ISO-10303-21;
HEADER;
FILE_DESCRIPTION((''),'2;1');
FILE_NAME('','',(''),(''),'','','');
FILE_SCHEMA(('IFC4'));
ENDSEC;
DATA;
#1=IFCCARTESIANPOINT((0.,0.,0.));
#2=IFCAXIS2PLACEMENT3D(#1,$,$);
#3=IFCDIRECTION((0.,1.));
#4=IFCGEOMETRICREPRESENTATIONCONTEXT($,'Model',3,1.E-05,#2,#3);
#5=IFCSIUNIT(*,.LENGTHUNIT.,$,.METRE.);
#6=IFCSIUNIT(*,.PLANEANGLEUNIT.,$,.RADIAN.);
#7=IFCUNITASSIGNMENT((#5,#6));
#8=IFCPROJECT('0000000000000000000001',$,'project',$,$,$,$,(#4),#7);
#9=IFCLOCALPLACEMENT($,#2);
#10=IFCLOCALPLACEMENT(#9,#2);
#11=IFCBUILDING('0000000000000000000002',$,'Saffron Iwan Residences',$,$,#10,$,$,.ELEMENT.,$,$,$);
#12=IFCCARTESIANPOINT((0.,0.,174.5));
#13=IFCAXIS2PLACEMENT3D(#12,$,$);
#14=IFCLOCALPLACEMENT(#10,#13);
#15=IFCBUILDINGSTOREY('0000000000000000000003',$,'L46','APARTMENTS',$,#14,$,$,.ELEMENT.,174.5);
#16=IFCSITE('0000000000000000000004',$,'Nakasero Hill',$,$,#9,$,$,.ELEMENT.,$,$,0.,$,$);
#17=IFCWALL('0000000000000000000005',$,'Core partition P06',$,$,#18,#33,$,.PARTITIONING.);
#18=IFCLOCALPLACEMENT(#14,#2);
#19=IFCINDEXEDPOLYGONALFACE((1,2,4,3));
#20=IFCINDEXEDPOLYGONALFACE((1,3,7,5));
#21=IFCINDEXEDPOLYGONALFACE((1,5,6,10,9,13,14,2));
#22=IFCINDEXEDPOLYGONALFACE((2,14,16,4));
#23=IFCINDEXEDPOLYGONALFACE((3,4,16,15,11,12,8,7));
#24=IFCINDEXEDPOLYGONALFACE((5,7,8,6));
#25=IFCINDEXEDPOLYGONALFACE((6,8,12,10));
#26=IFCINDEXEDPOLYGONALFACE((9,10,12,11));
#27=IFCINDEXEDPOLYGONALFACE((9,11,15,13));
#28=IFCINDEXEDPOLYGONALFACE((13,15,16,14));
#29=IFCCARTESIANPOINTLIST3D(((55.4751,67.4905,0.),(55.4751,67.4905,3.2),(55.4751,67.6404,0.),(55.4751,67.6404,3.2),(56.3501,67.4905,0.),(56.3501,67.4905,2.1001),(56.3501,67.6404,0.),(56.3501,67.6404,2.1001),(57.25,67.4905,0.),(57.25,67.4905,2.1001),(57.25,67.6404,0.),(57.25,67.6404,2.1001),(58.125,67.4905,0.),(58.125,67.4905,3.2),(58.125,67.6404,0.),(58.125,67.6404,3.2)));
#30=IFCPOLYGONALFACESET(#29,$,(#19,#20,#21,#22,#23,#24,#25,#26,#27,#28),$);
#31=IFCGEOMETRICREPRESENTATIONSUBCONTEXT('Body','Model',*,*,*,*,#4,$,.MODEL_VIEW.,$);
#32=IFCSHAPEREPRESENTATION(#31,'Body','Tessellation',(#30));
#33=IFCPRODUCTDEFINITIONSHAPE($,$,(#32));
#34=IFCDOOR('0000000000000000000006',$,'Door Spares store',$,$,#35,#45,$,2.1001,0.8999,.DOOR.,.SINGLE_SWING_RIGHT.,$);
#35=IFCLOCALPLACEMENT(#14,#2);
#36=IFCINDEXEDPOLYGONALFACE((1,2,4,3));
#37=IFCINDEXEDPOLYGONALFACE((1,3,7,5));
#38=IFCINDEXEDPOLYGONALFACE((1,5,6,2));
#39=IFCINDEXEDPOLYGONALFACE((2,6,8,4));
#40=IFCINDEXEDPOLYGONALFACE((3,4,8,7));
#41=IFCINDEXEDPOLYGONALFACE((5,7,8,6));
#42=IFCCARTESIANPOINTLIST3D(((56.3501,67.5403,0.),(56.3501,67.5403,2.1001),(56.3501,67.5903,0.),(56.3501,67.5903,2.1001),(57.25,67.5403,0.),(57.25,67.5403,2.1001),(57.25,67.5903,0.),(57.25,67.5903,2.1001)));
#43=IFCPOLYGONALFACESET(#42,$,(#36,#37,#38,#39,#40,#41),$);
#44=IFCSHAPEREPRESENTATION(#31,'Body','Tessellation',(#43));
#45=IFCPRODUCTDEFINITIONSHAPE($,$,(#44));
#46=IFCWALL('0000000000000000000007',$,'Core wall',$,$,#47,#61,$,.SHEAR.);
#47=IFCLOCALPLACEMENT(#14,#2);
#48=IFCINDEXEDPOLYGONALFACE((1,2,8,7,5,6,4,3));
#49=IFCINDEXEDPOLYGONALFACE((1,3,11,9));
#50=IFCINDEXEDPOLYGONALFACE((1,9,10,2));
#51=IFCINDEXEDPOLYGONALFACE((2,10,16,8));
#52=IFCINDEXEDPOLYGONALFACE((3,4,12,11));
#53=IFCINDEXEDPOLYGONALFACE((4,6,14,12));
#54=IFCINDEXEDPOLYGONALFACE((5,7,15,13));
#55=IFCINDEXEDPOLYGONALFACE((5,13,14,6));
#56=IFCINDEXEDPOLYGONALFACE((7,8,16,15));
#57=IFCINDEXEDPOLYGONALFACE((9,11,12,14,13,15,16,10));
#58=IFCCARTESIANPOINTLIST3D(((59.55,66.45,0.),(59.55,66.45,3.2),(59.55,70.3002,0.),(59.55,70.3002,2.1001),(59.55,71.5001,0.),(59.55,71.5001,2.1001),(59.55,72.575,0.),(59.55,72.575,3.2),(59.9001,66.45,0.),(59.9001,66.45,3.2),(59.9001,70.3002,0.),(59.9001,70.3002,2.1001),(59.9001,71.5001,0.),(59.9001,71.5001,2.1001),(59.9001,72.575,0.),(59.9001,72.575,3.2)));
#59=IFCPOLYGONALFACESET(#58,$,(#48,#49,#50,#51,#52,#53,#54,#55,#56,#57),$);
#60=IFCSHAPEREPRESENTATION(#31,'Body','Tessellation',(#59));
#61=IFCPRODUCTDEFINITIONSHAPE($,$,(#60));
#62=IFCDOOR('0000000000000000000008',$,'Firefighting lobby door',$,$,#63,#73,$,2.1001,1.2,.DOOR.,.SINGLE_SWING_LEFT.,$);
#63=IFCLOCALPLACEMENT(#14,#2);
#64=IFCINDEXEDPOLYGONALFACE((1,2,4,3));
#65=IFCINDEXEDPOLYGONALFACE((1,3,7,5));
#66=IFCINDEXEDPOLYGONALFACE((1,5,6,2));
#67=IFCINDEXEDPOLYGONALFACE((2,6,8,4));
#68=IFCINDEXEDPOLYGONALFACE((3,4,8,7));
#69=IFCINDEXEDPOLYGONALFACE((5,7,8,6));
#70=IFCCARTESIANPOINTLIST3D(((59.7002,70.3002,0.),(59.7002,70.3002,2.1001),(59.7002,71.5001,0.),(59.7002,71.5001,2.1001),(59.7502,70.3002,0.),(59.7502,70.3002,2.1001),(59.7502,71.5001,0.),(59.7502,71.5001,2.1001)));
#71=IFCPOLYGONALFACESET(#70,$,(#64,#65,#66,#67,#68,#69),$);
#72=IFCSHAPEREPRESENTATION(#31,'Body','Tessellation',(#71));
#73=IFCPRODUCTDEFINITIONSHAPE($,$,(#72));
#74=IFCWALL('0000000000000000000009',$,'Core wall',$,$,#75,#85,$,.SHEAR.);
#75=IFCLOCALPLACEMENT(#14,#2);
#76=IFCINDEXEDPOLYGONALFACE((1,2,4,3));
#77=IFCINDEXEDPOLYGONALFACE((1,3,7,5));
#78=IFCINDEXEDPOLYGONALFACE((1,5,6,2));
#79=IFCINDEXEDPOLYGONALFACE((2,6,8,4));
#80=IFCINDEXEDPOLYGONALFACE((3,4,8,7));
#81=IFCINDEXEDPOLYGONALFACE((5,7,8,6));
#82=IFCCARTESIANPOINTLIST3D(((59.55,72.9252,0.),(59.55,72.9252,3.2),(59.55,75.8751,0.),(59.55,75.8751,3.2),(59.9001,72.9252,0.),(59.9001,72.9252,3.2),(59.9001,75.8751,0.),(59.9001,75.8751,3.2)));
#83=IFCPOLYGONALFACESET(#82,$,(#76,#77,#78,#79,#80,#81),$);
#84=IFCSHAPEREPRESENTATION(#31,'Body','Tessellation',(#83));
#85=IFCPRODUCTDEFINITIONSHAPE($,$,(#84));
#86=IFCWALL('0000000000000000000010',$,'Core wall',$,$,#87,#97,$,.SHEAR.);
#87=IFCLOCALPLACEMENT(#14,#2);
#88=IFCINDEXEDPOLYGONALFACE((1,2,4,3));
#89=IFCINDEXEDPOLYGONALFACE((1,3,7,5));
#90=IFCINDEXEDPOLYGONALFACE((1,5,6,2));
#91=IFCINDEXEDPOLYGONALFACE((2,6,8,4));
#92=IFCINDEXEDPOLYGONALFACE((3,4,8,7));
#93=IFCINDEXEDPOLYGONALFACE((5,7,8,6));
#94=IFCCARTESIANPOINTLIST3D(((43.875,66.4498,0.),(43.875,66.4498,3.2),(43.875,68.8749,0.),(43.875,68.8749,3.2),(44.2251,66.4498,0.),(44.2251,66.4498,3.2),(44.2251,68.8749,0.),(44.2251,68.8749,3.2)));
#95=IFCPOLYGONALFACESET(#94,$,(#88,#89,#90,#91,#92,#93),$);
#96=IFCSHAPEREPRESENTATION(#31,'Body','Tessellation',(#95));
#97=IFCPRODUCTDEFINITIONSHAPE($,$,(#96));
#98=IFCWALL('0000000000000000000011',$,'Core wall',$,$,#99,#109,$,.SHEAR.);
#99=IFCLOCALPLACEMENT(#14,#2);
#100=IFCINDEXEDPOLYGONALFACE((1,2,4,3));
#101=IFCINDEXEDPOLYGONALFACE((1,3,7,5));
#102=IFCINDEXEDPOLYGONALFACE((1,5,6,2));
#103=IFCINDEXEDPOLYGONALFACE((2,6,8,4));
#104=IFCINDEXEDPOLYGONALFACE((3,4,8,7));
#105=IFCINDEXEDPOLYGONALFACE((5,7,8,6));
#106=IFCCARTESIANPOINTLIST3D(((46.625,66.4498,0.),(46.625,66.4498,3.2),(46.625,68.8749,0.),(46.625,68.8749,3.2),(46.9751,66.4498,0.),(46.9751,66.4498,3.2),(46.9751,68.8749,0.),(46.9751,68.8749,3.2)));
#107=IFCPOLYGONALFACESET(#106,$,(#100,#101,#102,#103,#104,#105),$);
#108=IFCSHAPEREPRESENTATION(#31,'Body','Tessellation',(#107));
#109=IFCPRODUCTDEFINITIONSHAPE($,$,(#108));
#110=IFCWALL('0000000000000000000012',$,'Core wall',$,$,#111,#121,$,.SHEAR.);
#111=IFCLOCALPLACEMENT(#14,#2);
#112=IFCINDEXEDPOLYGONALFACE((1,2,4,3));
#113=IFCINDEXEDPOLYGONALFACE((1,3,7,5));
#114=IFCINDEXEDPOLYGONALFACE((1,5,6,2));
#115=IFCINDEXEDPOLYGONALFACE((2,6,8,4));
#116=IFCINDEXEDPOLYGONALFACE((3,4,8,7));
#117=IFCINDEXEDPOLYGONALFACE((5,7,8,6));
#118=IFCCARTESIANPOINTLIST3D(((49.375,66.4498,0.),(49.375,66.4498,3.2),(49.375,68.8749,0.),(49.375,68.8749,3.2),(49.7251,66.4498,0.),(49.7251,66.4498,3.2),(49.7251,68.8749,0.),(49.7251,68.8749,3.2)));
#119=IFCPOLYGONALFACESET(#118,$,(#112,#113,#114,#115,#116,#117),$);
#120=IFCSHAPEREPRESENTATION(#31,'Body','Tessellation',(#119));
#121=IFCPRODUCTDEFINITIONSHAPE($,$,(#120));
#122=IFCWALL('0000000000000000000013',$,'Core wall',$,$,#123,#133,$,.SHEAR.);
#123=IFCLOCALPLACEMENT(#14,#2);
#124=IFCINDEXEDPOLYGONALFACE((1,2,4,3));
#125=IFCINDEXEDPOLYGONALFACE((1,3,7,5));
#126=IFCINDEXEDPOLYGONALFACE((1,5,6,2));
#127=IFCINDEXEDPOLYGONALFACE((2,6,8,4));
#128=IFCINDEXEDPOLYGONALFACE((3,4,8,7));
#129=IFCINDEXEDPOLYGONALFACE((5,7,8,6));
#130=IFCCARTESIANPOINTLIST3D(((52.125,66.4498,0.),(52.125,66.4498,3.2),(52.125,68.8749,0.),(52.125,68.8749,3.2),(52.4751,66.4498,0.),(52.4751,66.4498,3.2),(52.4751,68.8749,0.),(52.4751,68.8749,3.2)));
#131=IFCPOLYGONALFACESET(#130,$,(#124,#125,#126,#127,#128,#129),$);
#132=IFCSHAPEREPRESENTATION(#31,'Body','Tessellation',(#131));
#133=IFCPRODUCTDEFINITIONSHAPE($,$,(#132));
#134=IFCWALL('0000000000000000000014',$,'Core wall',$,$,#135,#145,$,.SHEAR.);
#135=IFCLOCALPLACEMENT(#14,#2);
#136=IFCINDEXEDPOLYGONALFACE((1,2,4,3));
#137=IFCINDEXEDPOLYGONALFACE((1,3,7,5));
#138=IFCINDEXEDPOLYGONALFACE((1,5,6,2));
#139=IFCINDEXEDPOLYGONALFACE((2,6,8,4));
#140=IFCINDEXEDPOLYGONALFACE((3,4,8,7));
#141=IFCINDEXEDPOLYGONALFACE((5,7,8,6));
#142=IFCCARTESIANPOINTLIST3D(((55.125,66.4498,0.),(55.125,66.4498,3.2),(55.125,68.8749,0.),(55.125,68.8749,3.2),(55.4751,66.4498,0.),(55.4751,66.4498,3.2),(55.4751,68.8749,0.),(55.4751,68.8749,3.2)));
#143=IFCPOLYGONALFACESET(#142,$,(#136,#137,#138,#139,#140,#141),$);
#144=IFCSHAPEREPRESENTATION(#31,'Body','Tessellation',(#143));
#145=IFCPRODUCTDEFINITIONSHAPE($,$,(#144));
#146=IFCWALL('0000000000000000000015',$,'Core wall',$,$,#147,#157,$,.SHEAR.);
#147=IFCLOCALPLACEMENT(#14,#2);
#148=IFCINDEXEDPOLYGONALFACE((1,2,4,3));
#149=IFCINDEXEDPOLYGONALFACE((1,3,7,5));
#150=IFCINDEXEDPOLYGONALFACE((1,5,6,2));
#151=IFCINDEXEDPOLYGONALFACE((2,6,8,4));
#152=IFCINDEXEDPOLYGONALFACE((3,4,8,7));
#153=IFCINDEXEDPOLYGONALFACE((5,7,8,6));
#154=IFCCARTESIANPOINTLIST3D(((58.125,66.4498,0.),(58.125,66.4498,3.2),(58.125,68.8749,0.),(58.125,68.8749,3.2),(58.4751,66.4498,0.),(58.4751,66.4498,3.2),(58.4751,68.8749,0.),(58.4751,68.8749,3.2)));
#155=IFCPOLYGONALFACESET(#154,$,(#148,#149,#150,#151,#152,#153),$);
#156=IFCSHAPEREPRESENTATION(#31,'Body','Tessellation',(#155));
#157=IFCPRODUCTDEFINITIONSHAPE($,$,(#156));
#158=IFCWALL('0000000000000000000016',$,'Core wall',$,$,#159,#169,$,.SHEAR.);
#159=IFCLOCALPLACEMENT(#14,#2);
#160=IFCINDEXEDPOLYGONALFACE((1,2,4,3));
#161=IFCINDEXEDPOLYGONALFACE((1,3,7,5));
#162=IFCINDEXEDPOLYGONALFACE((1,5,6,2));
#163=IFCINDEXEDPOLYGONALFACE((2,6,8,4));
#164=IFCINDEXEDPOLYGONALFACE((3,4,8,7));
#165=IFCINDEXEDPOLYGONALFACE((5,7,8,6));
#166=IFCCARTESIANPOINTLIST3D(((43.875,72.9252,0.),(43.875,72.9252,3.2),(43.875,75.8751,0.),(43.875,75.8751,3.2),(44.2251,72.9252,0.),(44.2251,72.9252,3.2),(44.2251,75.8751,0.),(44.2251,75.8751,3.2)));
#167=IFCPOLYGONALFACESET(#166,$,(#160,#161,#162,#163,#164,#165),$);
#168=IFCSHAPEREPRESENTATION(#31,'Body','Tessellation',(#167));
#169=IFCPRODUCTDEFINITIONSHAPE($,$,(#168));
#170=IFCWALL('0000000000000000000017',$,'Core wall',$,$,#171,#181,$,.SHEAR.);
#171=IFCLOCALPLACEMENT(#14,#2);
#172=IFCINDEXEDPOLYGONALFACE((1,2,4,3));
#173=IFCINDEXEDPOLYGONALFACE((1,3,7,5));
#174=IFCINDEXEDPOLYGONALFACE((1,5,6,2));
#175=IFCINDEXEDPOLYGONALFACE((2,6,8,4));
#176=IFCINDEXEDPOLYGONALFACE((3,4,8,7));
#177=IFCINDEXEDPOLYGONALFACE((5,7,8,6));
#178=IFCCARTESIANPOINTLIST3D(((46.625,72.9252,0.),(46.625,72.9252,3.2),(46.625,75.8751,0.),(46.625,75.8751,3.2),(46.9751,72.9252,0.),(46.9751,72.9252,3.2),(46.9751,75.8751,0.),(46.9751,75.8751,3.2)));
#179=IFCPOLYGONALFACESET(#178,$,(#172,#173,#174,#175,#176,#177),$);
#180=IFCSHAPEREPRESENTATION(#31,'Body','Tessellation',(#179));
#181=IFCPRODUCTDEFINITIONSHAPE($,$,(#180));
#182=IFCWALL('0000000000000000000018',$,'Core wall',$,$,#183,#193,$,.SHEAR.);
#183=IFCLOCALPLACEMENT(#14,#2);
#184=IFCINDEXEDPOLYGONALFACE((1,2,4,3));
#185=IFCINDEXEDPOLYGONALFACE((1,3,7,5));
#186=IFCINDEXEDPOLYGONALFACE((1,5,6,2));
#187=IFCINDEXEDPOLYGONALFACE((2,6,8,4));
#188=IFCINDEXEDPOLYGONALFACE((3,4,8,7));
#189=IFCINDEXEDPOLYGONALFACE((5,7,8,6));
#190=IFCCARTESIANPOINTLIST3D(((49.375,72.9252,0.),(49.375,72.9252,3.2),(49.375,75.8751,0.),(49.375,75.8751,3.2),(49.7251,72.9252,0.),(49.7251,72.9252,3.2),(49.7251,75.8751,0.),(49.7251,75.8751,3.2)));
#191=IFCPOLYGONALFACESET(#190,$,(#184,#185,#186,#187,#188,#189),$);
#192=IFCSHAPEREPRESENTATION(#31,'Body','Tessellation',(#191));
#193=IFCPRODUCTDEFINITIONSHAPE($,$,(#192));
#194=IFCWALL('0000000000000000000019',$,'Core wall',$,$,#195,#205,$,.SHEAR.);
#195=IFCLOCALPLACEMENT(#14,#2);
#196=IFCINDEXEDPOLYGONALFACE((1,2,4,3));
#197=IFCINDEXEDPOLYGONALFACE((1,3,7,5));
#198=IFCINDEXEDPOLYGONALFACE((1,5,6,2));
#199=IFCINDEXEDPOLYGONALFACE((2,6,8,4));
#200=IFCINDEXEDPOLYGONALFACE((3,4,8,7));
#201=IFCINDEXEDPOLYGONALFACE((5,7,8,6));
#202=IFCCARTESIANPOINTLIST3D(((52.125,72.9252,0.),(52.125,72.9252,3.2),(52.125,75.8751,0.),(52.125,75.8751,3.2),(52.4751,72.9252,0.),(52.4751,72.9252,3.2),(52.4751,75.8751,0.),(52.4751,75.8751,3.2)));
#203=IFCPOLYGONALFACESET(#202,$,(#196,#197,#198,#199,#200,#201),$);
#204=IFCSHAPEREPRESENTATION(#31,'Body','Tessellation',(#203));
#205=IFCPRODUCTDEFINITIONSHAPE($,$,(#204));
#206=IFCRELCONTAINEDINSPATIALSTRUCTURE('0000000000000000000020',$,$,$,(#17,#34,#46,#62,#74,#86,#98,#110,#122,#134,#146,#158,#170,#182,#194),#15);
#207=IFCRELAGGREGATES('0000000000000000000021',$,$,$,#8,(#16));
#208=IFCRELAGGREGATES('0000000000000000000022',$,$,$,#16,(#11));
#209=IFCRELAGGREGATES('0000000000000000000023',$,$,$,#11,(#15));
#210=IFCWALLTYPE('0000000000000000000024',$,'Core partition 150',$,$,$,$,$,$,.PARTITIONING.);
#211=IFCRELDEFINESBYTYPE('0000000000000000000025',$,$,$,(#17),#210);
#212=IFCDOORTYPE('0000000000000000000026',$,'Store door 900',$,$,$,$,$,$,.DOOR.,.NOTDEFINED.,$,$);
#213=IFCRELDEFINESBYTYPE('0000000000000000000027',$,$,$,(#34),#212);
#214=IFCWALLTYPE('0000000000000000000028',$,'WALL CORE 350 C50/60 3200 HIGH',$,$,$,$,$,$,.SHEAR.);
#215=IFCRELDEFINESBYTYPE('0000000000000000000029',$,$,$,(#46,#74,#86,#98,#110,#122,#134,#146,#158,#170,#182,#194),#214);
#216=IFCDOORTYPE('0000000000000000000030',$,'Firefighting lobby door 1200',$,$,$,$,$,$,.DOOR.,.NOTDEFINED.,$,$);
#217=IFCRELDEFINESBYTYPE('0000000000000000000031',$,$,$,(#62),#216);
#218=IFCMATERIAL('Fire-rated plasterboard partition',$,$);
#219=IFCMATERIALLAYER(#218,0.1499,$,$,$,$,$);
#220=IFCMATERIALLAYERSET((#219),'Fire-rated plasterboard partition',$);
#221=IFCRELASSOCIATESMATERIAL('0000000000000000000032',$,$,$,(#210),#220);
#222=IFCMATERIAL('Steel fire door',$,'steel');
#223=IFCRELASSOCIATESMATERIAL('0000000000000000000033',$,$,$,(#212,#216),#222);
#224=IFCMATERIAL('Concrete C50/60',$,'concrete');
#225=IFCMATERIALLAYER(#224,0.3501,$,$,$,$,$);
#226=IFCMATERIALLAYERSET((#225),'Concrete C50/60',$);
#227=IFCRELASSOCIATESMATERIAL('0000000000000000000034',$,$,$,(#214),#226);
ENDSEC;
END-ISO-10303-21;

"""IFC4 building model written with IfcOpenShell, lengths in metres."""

from ifc_helpers import new_model, si_unit, direction, frame, frame_2d, origin, place, context, subcontext, project, spatial, rectangle, extrude, material, layer, layer_set, type_object, element, fill, save


model = new_model("IFC4")

# Units and contexts
model_context = context("Model", 3, precision=1e-05, world=origin(), true_north=direction((0.0, 1.0)))
body_context = subcontext(model_context, "Body", "Model", "MODEL_VIEW")
ifc_project = project(units=[si_unit("LENGTHUNIT", "METRE"), si_unit("PLANEANGLEUNIT", "RADIAN")], contexts=[model_context])

# Site, building, storey
site_placement = place(None, origin())
site = spatial("IfcSite", under=ifc_project, at=site_placement, Name="Nakasero Hill", CompositionType="ELEMENT", RefElevation=0.0)
building_placement = place(site_placement, origin())
building = spatial("IfcBuilding", under=site, at=building_placement, Name="Saffron Iwan Residences", CompositionType="ELEMENT")
storey_placement = place(building_placement, frame((0.0, 0.0, 174.5)))
storey = spatial("IfcBuildingStorey", under=building, at=storey_placement, Name="L46", Description="APARTMENTS", CompositionType="ELEMENT", Elevation=174.5)

# Shared definitions
ifc_material_1 = material(Name="Concrete C50/60", Category="concrete")

# Walls, openings, doors
ifc_material_2 = material(Name="Fire-rated plasterboard partition")
ifc_layer_1 = layer(ifc_material_2, 0.1499)
ifc_layer_set_1 = layer_set([ifc_layer_1], Name="Fire-rated plasterboard partition")
wall_type_1 = type_object("IfcWallType", Name="Core partition 150", PredefinedType="PARTITIONING", material=ifc_layer_set_1)
ifc_material_3 = material(Name="Steel fire door", Category="steel")
door_type_1 = type_object("IfcDoorType", Name="Store door 900", OperationType="NOTDEFINED", PredefinedType="DOOR", material=ifc_material_3)
wall_1_placement = place(storey_placement, frame((55.4751, 67.5654, 0.0), z_axis=(0.0, 0.0, 1.0), x_axis=(1.0, 0.0, 0.0)))
wall_1 = element("IfcWall", 1, at=wall_1_placement, inside=storey, type_object=wall_type_1, Name="Core partition P06", PredefinedType="PARTITIONING", context=body_context, shape_type="SweptSolid", body=[
    extrude(rectangle(XDim=2.6499, YDim=0.1499, at=frame_2d((1.325, 0.0))), origin(), (0.0, 0.0, 1.0), 3.2),
])
opening_1_placement = place(wall_1_placement, frame((0.875, 0.0, 0.0)))
opening_1 = element("IfcOpeningElement", 2, at=opening_1_placement, cuts=wall_1, PredefinedType="OPENING", context=body_context, shape_type="SweptSolid", body=[
    extrude(rectangle(XDim=0.8999, YDim=2.1001, at=frame_2d((0.45, 1.05))), frame((0.0, 0.085, 0.0), z_axis=(0.0, -1.0, 0.0), x_axis=(1.0, 0.0, 0.0)), (0.0, 0.0, 1.0), 0.1699),
])
door_1_placement = place(opening_1_placement, origin())
door_1 = element("IfcDoor", 3, at=door_1_placement, inside=storey, type_object=door_type_1, Name="Door Spares store", OperationType="SINGLE_SWING_RIGHT", OverallHeight=2.1001, OverallWidth=0.8999, PredefinedType="DOOR", context=body_context, shape_type="SweptSolid", body=[
    extrude(rectangle(XDim=0.8999, YDim=2.1001, at=frame_2d((0.45, 1.05))), frame((0.0, 0.0249, 0.0), z_axis=(0.0, -1.0, 0.0), x_axis=(1.0, 0.0, 0.0)), (0.0, 0.0, 1.0), 0.05),
])
fill(opening_1, door_1)
ifc_layer_2 = layer(ifc_material_1, 0.3501)
ifc_layer_set_2 = layer_set([ifc_layer_2], Name="Concrete C50/60")
wall_type_2 = type_object("IfcWallType", Name="WALL CORE 350 C50/60 3200 HIGH", PredefinedType="SHEAR", material=ifc_layer_set_2)
wall_2_placement = place(storey_placement, frame((59.7251, 66.45, 0.0), z_axis=(0.0, 0.0, 1.0), x_axis=(0.0, 1.0, 0.0)))
wall_2 = element("IfcWall", 4, at=wall_2_placement, inside=storey, type_object=wall_type_2, Name="Core wall", PredefinedType="SHEAR", context=body_context, shape_type="SweptSolid", body=[
    extrude(rectangle(XDim=6.125, YDim=0.3501, at=frame_2d((3.0625, 0.0))), origin(), (0.0, 0.0, 1.0), 3.2),
])
opening_2_placement = place(wall_2_placement, frame((3.8501, 0.0, 0.0)))
opening_2 = element("IfcOpeningElement", 5, at=opening_2_placement, cuts=wall_2, PredefinedType="OPENING", context=body_context, shape_type="SweptSolid", body=[
    extrude(rectangle(XDim=1.2, YDim=2.1001, at=frame_2d((0.6001, 1.05))), frame((0.0, 0.1851, 0.0), z_axis=(0.0, -1.0, 0.0), x_axis=(1.0, 0.0, 0.0)), (0.0, 0.0, 1.0), 0.3701),
])
door_type_2 = type_object("IfcDoorType", Name="Firefighting lobby door 1200", OperationType="NOTDEFINED", PredefinedType="DOOR", material=ifc_material_3)
door_2_placement = place(opening_2_placement, origin())
door_2 = element("IfcDoor", 6, at=door_2_placement, inside=storey, type_object=door_type_2, Name="Firefighting lobby door", OperationType="SINGLE_SWING_LEFT", OverallHeight=2.1001, OverallWidth=1.2, PredefinedType="DOOR", context=body_context, shape_type="SweptSolid", body=[
    extrude(rectangle(XDim=1.2, YDim=2.1001, at=frame_2d((0.6001, 1.05))), frame((0.0, 0.0249, 0.0), z_axis=(0.0, -1.0, 0.0), x_axis=(1.0, 0.0, 0.0)), (0.0, 0.0, 1.0), 0.05),
])
fill(opening_2, door_2)

# Walls
wall_3_placement = place(storey_placement, frame((59.7251, 72.925, 0.0), z_axis=(0.0, 0.0, 1.0), x_axis=(0.0, 1.0, 0.0)))
element("IfcWall", 7, at=wall_3_placement, inside=storey, type_object=wall_type_2, Name="Core wall", PredefinedType="SHEAR", context=body_context, shape_type="SweptSolid", body=[
    extrude(rectangle(XDim=2.95, YDim=0.3501, at=frame_2d((1.4751, 0.0))), origin(), (0.0, 0.0, 1.0), 3.2),
])
for number, where, z_axis, x_axis, name in (
    (8, (44.05, 66.45, 0.0), (0.0, 0.0, 1.0), (0.0, 1.0, 0.0), "Core wall"),
    (9, (46.8, 66.45, 0.0), (0.0, 0.0, 1.0), (0.0, 1.0, 0.0), "Core wall"),
    (10, (49.55, 66.45, 0.0), (0.0, 0.0, 1.0), (0.0, 1.0, 0.0), "Core wall"),
    (11, (52.3, 66.45, 0.0), (0.0, 0.0, 1.0), (0.0, 1.0, 0.0), "Core wall"),
    (12, (55.3, 66.45, 0.0), (0.0, 0.0, 1.0), (0.0, 1.0, 0.0), "Core wall"),
    (13, (58.3, 66.45, 0.0), (0.0, 0.0, 1.0), (0.0, 1.0, 0.0), "Core wall"),
):
    element("IfcWall", number, at=place(storey_placement, frame(where, z_axis=z_axis, x_axis=x_axis)), inside=storey, type_object=wall_type_2, Name=name, PredefinedType="SHEAR", context=body_context, shape_type="SweptSolid", body=[
        extrude(rectangle(XDim=2.425, YDim=0.3501, at=frame_2d((1.2124, 0.0))), origin(), (0.0, 0.0, 1.0), 3.2),
    ])
for number, where, z_axis, x_axis, name in (
    (14, (44.05, 72.925, 0.0), (0.0, 0.0, 1.0), (0.0, 1.0, 0.0), "Core wall"),
    (15, (46.8, 72.925, 0.0), (0.0, 0.0, 1.0), (0.0, 1.0, 0.0), "Core wall"),
    (16, (49.55, 72.925, 0.0), (0.0, 0.0, 1.0), (0.0, 1.0, 0.0), "Core wall"),
    (17, (52.3, 72.925, 0.0), (0.0, 0.0, 1.0), (0.0, 1.0, 0.0), "Core wall"),
):
    element("IfcWall", number, at=place(storey_placement, frame(where, z_axis=z_axis, x_axis=x_axis)), inside=storey, type_object=wall_type_2, Name=name, PredefinedType="SHEAR", context=body_context, shape_type="SweptSolid", body=[
        extrude(rectangle(XDim=2.95, YDim=0.3501, at=frame_2d((1.4751, 0.0))), origin(), (0.0, 0.0, 1.0), 3.2),
    ])

save(model, "model.ifc")
